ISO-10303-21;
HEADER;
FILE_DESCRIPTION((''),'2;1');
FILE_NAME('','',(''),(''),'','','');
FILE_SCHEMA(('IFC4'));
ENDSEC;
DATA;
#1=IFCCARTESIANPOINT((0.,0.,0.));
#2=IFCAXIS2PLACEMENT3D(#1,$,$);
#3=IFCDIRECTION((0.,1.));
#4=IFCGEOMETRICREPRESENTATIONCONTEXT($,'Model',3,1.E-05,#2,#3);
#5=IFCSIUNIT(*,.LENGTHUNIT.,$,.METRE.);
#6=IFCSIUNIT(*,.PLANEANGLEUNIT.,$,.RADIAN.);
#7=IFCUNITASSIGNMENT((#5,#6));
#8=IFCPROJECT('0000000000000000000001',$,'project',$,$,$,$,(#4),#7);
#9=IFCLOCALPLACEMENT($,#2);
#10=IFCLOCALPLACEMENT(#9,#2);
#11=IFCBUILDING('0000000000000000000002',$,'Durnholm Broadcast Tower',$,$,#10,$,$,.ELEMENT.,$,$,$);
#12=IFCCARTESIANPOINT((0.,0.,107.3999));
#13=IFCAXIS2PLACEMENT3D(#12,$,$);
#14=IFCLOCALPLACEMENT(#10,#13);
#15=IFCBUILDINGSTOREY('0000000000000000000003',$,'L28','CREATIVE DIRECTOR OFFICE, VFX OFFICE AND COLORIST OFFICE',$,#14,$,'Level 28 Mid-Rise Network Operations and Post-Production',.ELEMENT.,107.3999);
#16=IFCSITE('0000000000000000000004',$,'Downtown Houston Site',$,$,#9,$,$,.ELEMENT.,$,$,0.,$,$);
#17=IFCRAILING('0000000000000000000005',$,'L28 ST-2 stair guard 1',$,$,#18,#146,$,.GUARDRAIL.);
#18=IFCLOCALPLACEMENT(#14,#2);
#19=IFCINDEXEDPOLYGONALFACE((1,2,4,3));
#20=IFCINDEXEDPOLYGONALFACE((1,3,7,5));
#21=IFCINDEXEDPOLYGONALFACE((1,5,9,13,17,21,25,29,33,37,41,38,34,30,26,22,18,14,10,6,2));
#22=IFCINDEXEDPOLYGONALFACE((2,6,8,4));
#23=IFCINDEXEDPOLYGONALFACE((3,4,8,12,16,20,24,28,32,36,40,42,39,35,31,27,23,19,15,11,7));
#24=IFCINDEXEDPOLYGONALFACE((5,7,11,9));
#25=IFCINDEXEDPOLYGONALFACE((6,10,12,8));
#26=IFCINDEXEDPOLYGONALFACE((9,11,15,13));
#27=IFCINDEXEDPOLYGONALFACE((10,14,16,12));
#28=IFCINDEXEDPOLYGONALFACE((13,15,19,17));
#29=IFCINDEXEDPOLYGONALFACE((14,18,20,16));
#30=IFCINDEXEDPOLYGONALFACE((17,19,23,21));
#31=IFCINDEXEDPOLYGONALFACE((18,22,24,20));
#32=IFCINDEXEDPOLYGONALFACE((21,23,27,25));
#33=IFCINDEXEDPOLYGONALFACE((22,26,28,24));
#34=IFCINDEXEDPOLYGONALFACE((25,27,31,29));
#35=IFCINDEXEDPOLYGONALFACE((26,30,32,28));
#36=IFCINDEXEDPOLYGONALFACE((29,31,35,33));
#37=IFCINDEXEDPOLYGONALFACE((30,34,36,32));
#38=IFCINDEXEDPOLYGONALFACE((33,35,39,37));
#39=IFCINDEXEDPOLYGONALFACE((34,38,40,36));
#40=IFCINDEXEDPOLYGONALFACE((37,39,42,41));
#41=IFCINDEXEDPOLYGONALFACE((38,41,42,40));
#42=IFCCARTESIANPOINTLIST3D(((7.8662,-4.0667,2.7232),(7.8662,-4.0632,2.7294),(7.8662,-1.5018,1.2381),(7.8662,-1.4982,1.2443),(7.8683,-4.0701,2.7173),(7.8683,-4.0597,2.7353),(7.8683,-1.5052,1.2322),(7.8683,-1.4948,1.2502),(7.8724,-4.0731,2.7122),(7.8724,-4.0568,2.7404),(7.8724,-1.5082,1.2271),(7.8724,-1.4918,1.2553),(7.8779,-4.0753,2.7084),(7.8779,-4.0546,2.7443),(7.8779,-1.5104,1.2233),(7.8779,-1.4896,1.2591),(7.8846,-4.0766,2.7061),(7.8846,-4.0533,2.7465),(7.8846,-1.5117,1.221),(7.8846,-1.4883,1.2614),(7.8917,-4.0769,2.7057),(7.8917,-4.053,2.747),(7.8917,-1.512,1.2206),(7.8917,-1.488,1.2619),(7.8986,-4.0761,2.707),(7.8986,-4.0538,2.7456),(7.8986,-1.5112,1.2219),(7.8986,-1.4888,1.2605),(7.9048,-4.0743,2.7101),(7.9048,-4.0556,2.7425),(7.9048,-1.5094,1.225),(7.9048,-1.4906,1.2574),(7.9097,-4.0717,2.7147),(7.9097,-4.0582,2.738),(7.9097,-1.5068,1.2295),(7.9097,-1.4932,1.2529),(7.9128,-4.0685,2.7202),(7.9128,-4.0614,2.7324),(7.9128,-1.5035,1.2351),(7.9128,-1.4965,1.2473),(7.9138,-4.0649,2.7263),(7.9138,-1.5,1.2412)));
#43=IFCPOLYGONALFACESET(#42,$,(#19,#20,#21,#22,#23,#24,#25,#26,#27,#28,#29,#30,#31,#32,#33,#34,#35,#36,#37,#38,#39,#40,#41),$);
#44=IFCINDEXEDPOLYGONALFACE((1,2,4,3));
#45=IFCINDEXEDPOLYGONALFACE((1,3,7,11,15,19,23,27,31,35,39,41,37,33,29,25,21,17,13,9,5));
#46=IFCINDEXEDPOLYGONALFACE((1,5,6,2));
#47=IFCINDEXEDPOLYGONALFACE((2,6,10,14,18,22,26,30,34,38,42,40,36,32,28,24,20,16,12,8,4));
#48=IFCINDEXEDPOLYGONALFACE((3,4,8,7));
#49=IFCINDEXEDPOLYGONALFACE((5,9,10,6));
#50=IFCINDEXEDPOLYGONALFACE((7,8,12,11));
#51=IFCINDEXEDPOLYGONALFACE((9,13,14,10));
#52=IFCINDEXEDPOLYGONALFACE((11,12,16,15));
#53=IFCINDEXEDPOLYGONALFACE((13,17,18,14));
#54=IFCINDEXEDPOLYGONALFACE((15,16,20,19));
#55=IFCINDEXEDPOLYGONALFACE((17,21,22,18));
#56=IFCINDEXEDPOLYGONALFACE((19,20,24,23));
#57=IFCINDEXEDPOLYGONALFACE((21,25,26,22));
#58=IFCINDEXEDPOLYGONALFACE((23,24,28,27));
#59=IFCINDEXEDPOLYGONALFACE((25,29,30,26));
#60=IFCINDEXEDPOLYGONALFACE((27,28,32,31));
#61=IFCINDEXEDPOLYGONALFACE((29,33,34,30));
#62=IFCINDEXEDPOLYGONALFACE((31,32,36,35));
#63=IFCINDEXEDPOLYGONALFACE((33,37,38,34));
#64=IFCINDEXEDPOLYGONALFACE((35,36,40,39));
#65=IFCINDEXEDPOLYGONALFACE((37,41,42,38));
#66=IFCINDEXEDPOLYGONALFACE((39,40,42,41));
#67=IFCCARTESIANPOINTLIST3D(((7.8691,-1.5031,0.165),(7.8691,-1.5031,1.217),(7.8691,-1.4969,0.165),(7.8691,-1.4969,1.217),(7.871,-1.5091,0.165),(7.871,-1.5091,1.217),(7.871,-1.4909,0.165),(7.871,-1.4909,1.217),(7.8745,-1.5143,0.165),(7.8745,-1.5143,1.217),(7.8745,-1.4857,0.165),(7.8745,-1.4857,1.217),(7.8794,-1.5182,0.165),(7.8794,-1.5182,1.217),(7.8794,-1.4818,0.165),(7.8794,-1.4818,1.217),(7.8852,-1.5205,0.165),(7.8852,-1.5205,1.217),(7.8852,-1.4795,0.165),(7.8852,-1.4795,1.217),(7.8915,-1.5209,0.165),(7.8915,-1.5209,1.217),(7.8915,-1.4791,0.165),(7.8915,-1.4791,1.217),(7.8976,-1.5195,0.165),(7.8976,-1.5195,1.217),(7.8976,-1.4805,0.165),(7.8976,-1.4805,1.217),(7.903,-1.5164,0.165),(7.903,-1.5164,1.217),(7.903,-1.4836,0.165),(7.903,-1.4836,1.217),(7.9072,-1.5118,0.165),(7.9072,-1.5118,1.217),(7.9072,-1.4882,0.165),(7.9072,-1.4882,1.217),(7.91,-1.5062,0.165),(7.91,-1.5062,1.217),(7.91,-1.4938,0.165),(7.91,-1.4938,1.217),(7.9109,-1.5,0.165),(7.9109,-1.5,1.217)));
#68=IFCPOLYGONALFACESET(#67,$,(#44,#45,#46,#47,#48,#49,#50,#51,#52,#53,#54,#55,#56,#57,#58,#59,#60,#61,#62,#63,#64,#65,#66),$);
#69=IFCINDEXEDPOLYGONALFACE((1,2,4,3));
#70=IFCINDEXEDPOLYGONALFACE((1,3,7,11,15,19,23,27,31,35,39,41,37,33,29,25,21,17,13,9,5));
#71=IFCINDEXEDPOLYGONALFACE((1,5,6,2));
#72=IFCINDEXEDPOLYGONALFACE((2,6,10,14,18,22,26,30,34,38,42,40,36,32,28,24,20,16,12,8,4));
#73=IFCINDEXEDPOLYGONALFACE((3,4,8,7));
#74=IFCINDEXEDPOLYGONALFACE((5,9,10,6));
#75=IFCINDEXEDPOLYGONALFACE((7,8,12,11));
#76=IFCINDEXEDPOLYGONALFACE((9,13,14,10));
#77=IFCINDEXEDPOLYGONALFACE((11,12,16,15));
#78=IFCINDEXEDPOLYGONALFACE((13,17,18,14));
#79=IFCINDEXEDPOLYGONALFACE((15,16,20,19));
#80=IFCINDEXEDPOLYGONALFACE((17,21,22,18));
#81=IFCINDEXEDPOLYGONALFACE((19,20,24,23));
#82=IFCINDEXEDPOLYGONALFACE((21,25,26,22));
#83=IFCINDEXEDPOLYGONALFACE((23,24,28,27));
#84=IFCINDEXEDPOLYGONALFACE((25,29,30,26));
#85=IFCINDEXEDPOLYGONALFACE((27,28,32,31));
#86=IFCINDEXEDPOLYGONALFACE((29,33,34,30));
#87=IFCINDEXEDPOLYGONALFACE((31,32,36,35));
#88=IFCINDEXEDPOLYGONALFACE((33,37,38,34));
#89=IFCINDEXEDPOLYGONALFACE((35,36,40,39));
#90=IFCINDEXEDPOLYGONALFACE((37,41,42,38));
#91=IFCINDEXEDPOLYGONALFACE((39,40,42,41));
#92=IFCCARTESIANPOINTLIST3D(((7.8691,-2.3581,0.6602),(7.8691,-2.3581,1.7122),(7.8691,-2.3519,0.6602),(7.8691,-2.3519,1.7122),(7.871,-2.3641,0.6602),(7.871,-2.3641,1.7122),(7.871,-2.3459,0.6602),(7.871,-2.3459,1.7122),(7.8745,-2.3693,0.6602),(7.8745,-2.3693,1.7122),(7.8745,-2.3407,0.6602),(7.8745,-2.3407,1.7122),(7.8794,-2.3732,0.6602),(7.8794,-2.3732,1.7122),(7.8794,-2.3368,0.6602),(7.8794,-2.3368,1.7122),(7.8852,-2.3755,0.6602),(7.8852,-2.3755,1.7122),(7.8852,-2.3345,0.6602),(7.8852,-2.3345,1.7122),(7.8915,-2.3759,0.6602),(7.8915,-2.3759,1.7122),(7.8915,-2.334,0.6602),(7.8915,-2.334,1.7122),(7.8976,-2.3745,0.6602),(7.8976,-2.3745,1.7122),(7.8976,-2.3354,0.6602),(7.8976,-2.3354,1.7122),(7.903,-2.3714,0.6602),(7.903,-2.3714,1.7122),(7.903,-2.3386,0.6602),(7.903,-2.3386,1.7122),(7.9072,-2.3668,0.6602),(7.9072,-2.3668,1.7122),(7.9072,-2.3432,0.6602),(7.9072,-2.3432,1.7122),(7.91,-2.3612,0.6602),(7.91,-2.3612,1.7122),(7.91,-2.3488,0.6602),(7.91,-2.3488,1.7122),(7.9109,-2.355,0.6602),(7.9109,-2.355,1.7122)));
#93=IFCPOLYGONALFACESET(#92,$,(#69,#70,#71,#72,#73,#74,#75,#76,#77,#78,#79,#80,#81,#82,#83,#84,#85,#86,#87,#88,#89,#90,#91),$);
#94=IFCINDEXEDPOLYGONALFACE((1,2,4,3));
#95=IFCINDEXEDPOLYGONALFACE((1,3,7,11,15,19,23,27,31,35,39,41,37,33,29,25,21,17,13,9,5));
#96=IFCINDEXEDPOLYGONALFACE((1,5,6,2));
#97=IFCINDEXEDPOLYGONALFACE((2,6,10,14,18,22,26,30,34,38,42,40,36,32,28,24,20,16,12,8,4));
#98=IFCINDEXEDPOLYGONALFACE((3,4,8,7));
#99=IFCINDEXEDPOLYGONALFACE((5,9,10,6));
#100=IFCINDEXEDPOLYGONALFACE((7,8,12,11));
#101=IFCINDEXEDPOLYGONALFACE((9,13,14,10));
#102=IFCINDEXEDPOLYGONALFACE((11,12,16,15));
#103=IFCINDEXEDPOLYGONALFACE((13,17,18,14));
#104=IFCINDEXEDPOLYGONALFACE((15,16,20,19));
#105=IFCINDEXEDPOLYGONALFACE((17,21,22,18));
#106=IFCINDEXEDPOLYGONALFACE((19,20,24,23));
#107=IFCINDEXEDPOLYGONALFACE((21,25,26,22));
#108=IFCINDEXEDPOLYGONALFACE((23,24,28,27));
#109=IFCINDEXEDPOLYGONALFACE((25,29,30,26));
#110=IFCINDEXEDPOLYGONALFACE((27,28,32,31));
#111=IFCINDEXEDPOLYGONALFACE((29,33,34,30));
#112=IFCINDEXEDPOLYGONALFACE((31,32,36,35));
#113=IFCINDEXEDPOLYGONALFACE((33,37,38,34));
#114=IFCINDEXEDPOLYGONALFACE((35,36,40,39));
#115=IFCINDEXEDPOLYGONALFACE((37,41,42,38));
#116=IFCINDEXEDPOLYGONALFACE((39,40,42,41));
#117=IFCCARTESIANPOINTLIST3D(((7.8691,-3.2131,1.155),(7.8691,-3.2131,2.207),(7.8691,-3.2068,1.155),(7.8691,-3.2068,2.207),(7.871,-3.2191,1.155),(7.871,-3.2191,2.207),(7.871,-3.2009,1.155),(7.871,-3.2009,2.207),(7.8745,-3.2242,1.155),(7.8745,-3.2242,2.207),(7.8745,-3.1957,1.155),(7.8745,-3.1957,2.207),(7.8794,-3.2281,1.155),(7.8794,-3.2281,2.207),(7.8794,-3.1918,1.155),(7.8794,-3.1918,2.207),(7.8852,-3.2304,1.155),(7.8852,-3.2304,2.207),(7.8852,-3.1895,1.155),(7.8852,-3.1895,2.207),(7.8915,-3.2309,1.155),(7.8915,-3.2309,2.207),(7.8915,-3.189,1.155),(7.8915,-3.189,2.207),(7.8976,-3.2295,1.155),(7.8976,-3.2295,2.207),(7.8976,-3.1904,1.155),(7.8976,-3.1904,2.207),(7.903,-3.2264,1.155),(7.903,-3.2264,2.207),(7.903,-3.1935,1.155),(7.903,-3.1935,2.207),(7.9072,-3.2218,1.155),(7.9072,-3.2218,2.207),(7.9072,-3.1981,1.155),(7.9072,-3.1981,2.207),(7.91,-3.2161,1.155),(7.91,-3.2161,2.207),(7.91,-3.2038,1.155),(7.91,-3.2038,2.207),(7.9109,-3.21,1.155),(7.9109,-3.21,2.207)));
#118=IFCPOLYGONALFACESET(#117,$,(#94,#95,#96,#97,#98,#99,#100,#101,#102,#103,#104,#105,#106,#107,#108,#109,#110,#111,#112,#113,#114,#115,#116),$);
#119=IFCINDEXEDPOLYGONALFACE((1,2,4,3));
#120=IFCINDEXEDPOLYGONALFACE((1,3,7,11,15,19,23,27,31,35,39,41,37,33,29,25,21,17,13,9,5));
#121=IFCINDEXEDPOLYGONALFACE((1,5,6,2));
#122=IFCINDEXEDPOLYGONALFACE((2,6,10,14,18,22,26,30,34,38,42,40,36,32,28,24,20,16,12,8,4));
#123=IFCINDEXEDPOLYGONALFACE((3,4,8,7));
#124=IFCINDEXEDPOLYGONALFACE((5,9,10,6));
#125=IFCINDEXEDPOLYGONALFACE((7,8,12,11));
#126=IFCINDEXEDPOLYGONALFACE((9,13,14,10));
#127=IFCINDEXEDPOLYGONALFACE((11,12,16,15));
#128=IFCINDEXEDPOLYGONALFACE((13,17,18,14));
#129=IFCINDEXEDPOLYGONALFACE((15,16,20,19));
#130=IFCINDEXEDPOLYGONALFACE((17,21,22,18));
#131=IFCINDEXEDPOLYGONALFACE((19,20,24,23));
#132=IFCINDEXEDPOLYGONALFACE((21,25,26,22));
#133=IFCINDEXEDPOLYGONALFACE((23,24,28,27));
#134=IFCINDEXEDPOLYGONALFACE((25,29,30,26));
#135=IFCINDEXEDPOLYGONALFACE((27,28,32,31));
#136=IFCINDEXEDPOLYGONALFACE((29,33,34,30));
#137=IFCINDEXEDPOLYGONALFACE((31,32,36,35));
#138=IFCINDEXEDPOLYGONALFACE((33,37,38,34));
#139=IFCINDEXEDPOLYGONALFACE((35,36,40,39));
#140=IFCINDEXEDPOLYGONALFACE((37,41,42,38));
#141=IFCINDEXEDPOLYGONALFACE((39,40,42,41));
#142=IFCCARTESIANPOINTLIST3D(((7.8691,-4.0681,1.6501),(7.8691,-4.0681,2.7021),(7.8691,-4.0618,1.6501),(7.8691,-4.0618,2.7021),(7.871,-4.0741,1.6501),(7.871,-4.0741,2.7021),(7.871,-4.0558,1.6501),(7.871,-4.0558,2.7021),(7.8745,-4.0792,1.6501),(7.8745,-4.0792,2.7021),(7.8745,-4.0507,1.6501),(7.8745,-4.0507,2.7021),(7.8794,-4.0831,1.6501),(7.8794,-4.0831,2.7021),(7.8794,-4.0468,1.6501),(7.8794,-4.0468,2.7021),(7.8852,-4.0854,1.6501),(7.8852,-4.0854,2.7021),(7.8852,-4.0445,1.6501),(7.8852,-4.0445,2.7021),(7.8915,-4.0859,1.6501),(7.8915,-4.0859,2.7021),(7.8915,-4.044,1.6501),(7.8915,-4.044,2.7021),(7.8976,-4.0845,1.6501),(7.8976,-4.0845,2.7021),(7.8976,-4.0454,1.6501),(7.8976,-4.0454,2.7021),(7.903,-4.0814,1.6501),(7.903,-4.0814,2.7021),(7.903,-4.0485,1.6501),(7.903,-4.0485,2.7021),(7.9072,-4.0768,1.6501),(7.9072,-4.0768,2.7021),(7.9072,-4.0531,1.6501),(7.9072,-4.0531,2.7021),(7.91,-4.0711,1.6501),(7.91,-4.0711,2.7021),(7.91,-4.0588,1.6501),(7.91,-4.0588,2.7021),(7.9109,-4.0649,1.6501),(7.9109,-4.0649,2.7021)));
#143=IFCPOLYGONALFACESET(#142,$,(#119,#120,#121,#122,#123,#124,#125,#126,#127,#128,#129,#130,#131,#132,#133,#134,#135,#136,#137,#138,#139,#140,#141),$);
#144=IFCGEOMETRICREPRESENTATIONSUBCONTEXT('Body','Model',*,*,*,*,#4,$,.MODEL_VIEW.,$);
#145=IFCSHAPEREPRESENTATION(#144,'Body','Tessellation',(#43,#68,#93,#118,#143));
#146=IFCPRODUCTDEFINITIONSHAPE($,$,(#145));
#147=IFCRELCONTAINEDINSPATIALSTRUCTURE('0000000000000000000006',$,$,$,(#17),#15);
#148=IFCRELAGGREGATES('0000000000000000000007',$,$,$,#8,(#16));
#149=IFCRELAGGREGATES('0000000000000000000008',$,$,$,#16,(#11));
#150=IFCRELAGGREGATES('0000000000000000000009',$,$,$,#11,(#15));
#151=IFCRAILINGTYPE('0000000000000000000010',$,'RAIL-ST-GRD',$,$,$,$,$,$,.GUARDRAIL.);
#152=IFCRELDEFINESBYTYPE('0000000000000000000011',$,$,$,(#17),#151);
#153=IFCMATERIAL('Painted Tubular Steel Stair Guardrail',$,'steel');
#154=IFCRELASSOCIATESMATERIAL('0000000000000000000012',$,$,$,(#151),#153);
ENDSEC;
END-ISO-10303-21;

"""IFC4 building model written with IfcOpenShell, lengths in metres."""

from ifc_helpers import new_model, si_unit, direction, frame, origin, origin_2d, place, context, subcontext, project, spatial, circle, extrude, material, type_object, element, save


model = new_model("IFC4")

# Units and contexts
model_context = context("Model", 3, precision=1e-05, world=origin(), true_north=direction((0.0, 1.0)))
body_context = subcontext(model_context, "Body", "Model", "MODEL_VIEW")
ifc_project = project(units=[si_unit("LENGTHUNIT", "METRE"), si_unit("PLANEANGLEUNIT", "RADIAN")], contexts=[model_context])

# Site, building, storey
site_placement = place(None, origin())
site = spatial("IfcSite", under=ifc_project, at=site_placement, Name="Downtown Houston Site", CompositionType="ELEMENT", RefElevation=0.0)
building_placement = place(site_placement, origin())
building = spatial("IfcBuilding", under=site, at=building_placement, Name="Durnholm Broadcast Tower", CompositionType="ELEMENT")
storey_placement = place(building_placement, frame((0.0, 0.0, 107.3999)))
storey = spatial("IfcBuildingStorey", under=building, at=storey_placement, Name="L28", Description="CREATIVE DIRECTOR OFFICE, VFX OFFICE AND COLORIST OFFICE", LongName="Level 28 Mid-Rise Network Operations and Post-Production", CompositionType="ELEMENT", Elevation=107.3999)

# Railing
ifc_material_1 = material(Name="Painted Tubular Steel Stair Guardrail", Category="steel")
railing_type_1 = type_object("IfcRailingType", Name="RAIL-ST-GRD", PredefinedType="GUARDRAIL", material=ifc_material_1)
railing_1_placement = place(storey_placement, frame((7.8899, -1.5, 0.165)))
element("IfcRailing", 1, at=railing_1_placement, inside=storey, type_object=railing_type_1, Name="L28 ST-2 stair guard 1", PredefinedType="GUARDRAIL", context=body_context, shape_type="SweptSolid", body=[
    extrude(circle(Radius=0.0239, at=origin_2d()), frame((0.0, 0.0, 1.0762), z_axis=(0.0, -0.865406, 0.501072), x_axis=(1.0, 0.0, 0.0)), (0.0, 0.0, 1.0), 2.9639),
    extrude(circle(Radius=0.021, at=origin_2d()), origin(), (0.0, 0.0, 1.0), 1.052),
    extrude(circle(Radius=0.021, at=origin_2d()), frame((0.0, -0.855, 0.4951)), (0.0, 0.0, 1.0), 1.052),
    extrude(circle(Radius=0.021, at=origin_2d()), frame((0.0, -1.71, 0.99)), (0.0, 0.0, 1.0), 1.052),
    extrude(circle(Radius=0.021, at=origin_2d()), frame((0.0, -2.5649, 1.4851)), (0.0, 0.0, 1.0), 1.052),
])

save(model, "model.ifc")
